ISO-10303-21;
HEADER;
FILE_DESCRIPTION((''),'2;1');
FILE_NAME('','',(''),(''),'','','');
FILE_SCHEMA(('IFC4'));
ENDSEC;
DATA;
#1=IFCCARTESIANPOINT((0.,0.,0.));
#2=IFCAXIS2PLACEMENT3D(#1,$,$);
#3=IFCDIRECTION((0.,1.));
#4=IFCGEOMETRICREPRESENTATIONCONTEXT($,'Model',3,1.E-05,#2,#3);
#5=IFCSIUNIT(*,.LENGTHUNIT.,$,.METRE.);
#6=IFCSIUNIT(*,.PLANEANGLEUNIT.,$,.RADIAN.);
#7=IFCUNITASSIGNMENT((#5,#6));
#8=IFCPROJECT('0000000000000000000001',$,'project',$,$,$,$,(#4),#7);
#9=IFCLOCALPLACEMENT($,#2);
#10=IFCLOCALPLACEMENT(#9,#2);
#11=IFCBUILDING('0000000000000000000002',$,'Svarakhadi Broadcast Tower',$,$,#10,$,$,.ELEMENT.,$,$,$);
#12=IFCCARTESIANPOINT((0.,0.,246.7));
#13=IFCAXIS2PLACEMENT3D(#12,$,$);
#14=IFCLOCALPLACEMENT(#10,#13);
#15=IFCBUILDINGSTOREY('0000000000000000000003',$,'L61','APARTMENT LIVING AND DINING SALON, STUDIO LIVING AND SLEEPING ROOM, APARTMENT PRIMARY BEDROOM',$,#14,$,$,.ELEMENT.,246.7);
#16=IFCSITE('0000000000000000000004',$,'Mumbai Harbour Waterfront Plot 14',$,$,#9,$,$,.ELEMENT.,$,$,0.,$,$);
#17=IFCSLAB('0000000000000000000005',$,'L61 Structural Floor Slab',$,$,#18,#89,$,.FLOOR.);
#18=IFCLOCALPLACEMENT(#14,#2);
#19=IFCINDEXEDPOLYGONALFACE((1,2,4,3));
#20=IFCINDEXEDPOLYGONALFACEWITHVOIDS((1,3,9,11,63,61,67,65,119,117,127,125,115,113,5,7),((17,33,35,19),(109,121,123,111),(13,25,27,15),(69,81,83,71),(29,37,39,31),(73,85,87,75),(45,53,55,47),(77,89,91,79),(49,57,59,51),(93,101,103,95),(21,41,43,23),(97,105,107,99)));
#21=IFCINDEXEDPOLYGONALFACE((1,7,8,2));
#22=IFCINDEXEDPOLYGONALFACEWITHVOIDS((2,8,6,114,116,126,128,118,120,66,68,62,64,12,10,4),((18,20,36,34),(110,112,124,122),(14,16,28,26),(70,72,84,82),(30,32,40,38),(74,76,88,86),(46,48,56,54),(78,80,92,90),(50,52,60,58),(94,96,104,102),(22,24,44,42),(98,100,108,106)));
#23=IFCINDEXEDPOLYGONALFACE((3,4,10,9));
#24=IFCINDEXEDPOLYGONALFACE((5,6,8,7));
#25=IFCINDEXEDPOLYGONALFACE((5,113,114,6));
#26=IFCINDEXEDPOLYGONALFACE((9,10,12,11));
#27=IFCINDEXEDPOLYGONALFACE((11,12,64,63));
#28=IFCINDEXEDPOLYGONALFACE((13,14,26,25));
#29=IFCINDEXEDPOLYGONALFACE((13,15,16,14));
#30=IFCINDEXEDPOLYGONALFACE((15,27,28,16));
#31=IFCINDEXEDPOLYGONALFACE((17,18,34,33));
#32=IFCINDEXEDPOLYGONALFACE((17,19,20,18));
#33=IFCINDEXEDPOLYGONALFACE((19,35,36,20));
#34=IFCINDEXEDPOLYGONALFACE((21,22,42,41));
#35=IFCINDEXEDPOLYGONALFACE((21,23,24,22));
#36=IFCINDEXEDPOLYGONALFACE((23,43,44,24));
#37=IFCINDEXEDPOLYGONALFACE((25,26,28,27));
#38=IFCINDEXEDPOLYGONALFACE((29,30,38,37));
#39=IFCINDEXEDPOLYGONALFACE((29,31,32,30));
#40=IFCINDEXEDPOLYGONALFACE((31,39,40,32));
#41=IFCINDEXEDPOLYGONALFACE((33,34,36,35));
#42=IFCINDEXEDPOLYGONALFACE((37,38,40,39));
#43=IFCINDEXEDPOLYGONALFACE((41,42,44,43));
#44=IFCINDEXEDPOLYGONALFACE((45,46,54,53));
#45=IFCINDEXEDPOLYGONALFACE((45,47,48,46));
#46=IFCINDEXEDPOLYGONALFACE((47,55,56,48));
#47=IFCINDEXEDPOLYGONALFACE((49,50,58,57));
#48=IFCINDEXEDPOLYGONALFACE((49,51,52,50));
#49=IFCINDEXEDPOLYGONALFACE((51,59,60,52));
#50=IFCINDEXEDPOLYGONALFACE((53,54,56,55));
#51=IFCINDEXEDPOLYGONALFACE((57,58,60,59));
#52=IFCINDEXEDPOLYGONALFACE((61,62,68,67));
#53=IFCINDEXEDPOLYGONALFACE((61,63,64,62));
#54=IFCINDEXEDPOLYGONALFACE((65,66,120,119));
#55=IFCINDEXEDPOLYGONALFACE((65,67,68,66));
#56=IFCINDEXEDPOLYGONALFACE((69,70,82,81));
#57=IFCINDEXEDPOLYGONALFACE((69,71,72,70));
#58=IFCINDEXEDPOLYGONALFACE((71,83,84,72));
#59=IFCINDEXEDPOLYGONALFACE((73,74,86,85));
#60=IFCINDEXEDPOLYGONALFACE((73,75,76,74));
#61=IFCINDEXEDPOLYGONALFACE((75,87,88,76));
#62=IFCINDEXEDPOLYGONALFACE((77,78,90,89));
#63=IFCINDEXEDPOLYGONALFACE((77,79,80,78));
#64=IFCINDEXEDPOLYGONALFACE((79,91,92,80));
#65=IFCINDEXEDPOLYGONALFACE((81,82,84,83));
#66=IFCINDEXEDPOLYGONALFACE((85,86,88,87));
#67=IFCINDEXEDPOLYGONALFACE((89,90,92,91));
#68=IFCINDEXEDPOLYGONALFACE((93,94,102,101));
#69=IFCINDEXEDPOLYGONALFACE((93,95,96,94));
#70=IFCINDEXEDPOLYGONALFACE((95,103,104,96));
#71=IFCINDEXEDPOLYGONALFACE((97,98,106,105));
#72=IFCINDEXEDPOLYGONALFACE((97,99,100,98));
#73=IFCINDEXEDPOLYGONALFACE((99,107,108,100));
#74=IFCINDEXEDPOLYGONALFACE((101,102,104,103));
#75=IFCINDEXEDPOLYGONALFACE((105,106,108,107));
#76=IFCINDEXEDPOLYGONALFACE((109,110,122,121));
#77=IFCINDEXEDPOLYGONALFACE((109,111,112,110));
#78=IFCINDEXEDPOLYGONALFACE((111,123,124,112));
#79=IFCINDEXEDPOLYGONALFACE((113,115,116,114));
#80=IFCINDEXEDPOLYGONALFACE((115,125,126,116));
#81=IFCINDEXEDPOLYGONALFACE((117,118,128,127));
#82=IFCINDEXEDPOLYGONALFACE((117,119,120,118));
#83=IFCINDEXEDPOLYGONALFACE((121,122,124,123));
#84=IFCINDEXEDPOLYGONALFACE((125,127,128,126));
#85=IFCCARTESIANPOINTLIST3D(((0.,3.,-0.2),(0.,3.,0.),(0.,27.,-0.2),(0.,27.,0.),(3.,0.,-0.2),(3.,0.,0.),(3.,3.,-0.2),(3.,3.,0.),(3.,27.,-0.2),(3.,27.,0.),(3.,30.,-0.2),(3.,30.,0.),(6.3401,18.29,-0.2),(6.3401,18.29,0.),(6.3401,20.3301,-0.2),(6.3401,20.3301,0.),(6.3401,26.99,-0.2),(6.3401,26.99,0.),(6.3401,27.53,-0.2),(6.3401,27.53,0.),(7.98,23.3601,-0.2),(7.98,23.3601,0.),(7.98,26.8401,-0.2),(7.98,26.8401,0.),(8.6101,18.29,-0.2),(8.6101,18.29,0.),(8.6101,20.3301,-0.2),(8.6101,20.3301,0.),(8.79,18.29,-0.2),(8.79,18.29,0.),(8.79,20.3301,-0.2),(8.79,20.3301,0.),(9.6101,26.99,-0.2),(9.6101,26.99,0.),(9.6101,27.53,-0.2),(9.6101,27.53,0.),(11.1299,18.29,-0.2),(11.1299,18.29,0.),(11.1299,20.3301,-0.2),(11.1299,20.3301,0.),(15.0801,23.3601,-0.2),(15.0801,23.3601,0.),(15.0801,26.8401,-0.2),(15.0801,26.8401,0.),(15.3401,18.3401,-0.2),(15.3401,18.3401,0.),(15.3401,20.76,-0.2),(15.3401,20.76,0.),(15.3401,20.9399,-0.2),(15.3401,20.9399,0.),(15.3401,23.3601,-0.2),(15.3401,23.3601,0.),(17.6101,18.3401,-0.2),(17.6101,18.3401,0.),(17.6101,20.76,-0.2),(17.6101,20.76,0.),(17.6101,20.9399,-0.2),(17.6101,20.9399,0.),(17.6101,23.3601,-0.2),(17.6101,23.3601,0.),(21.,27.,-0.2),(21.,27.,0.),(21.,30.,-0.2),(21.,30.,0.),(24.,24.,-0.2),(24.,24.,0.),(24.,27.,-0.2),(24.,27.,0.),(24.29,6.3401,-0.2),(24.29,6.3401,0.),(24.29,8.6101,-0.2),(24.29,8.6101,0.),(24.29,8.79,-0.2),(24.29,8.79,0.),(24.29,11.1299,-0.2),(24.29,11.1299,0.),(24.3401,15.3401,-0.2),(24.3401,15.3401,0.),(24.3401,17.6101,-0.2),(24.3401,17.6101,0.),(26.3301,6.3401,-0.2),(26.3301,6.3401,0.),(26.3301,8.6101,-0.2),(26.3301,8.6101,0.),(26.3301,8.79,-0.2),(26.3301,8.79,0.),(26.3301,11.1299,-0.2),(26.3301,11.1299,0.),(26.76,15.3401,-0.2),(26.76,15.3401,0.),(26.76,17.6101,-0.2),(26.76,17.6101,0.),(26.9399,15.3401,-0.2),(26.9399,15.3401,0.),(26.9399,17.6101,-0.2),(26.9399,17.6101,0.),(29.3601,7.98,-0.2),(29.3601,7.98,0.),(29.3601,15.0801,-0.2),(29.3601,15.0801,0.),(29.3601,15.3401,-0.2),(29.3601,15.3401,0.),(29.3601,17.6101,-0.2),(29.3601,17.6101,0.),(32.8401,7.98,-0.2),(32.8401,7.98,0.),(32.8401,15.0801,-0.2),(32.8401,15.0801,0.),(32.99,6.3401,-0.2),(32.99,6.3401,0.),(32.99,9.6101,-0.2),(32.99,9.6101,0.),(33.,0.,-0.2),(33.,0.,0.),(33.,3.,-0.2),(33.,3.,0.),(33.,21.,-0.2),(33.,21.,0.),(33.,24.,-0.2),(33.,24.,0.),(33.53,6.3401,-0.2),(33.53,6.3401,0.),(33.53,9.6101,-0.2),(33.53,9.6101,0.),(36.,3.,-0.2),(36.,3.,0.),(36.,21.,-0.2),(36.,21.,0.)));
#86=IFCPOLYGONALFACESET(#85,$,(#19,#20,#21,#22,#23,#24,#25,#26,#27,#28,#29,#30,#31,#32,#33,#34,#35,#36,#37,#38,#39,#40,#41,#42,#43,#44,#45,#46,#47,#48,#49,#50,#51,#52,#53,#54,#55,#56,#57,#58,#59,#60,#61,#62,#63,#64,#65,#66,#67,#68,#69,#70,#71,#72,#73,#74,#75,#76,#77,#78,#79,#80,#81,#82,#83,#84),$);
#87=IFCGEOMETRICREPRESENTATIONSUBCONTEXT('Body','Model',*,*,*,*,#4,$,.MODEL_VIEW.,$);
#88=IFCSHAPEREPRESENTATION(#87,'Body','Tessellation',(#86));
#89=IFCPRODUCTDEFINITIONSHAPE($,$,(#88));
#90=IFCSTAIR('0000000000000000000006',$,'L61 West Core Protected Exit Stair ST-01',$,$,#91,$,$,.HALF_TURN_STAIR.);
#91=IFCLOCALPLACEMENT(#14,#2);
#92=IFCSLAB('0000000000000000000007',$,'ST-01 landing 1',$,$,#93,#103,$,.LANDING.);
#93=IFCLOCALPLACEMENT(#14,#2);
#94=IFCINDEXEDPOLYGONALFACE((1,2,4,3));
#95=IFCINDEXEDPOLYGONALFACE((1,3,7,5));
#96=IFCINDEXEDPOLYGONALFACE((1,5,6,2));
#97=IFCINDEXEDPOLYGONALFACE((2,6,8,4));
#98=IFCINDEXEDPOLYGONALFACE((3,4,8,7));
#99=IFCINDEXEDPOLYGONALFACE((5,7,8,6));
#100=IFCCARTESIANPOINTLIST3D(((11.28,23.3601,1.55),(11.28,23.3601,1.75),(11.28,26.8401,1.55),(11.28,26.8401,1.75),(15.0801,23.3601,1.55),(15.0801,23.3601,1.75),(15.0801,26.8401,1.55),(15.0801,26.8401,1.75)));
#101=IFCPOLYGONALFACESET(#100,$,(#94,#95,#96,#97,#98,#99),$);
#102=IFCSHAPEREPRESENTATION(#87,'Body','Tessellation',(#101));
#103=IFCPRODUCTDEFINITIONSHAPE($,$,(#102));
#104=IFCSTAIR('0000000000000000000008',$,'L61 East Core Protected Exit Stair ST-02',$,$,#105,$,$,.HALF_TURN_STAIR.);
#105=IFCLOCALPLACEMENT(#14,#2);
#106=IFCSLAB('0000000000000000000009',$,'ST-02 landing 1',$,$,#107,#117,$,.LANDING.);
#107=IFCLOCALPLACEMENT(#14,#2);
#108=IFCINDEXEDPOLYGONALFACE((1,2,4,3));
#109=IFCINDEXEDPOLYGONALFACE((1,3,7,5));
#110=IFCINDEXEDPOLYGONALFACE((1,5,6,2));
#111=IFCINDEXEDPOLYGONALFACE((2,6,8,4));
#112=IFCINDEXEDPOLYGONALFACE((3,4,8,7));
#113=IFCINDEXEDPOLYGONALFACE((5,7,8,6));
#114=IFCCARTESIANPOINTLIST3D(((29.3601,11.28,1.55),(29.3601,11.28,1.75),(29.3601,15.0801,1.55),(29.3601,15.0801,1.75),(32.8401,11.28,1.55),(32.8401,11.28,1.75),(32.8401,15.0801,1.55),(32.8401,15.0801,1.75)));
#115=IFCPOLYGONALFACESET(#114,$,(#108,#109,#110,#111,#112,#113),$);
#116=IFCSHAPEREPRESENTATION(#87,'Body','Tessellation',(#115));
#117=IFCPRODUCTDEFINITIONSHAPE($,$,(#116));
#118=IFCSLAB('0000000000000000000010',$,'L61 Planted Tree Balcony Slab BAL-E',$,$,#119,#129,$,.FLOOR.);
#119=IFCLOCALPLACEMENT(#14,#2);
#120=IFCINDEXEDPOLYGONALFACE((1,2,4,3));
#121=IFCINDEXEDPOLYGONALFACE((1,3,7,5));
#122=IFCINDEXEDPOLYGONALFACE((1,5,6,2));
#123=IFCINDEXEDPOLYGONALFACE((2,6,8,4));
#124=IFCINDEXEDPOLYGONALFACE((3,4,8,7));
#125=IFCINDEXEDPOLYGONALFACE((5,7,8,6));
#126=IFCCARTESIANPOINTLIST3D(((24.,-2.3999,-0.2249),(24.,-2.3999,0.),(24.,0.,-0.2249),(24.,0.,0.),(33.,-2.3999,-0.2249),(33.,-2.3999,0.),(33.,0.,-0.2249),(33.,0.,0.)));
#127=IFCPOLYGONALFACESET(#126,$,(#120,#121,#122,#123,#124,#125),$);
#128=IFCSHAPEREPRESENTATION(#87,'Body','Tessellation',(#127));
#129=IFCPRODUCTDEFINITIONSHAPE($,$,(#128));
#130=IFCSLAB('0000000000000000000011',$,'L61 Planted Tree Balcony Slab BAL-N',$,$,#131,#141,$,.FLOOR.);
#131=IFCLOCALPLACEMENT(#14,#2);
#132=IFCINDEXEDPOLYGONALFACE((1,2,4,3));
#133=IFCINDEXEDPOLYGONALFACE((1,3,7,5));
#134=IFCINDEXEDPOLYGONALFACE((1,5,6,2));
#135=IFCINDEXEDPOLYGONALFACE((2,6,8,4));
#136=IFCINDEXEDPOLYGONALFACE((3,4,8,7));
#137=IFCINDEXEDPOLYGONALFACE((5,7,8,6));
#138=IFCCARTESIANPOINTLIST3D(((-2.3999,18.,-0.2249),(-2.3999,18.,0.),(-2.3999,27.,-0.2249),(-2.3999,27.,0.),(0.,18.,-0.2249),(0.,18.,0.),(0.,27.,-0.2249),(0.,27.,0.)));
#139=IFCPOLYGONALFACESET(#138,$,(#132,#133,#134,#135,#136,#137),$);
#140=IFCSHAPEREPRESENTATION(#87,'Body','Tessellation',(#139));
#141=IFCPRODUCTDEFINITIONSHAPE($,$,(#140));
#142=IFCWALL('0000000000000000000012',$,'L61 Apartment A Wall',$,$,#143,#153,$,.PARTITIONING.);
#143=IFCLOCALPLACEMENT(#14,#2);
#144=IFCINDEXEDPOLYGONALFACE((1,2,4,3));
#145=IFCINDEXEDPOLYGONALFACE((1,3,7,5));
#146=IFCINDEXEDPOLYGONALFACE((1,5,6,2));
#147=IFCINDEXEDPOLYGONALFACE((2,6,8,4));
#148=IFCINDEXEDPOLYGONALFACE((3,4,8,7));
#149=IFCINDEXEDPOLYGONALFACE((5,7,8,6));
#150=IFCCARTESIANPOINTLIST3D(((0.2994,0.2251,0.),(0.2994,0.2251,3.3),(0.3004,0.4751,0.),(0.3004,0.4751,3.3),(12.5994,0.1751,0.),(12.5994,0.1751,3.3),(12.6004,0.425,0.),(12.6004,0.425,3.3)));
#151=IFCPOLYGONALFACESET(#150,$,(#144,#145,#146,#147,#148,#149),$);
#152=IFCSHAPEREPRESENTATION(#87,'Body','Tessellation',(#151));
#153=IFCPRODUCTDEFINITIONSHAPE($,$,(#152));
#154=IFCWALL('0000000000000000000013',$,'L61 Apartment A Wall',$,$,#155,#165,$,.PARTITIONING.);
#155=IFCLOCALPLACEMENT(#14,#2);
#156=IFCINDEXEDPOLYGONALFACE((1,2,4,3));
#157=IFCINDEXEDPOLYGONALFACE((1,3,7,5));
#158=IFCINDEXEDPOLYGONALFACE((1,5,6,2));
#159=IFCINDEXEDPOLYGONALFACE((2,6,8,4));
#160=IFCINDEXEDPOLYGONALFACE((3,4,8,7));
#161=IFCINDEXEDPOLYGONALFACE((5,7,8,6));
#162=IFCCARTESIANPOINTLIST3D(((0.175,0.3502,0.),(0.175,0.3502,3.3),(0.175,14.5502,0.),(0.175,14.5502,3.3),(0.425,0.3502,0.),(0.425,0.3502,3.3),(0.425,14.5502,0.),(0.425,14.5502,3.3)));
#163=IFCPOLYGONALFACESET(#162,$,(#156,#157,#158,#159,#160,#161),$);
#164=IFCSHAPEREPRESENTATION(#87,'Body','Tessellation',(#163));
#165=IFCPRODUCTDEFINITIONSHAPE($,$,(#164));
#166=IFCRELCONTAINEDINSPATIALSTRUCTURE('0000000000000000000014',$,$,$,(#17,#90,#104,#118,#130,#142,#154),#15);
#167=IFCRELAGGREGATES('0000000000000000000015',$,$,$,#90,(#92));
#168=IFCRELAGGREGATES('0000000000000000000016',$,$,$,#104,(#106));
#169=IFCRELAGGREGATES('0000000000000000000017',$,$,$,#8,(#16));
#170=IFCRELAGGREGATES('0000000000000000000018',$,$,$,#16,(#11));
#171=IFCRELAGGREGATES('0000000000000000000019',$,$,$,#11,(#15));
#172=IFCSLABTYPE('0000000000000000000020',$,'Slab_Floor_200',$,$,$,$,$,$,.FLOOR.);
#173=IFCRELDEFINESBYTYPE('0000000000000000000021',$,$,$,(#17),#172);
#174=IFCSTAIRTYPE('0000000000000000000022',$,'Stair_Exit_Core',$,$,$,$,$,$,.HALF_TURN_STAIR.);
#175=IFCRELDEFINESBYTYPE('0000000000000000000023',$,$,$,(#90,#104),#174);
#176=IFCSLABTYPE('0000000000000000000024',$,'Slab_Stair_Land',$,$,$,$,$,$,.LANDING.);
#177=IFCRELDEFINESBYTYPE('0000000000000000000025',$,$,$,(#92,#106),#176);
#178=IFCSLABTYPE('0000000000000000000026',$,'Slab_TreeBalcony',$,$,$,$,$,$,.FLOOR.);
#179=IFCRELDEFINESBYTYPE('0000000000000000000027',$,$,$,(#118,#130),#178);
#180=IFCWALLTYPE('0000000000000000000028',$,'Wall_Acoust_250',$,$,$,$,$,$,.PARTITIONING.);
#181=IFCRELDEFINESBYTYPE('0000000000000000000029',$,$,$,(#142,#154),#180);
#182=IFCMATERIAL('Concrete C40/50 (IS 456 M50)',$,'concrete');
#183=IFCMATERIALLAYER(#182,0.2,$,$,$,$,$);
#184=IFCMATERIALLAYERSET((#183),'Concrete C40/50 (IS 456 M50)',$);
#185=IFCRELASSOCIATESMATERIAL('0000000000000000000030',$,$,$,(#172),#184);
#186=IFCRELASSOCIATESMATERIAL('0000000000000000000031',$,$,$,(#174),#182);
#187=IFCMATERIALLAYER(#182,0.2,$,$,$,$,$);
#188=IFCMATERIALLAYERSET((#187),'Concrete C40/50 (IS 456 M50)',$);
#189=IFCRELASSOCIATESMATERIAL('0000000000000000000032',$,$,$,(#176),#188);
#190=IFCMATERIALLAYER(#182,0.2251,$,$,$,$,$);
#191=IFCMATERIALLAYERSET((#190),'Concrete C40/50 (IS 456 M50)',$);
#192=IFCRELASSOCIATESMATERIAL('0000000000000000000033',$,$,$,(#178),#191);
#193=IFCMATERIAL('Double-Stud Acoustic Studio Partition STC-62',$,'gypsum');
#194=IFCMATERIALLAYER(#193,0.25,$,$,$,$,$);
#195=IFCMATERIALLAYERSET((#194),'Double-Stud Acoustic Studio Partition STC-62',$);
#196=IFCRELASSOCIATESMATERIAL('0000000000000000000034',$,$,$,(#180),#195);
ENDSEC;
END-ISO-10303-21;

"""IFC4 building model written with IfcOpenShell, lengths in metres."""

from ifc_helpers import new_model, si_unit, direction, frame, frame_2d, origin, place, context, subcontext, project, spatial, polyline, rectangle, outline, extrude, material, layer, layer_set, type_object, element, aggregate, save


model = new_model("IFC4")

# Units and contexts
model_context = context("Model", 3, precision=1e-05, world=origin(), true_north=direction((0.0, 1.0)))
body_context = subcontext(model_context, "Body", "Model", "MODEL_VIEW")
ifc_project = project(units=[si_unit("LENGTHUNIT", "METRE"), si_unit("PLANEANGLEUNIT", "RADIAN")], contexts=[model_context])

# Site, building, storey
site_placement = place(None, origin())
site = spatial("IfcSite", under=ifc_project, at=site_placement, Name="Mumbai Harbour Waterfront Plot 14", CompositionType="ELEMENT", RefElevation=0.0)
building_placement = place(site_placement, origin())
building = spatial("IfcBuilding", under=site, at=building_placement, Name="Svarakhadi Broadcast Tower", CompositionType="ELEMENT")
storey_placement = place(building_placement, frame((0.0, 0.0, 246.7)))
storey = spatial("IfcBuildingStorey", under=building, at=storey_placement, Name="L61", Description="APARTMENT LIVING AND DINING SALON, STUDIO LIVING AND SLEEPING ROOM, APARTMENT PRIMARY BEDROOM", CompositionType="ELEMENT", Elevation=246.7)

# Slab
ifc_material_1 = material(Name="Concrete C40/50 (IS 456 M50)", Category="concrete")
ifc_layer_1 = layer(ifc_material_1, 0.2)
ifc_layer_set_1 = layer_set([ifc_layer_1], Name="Concrete C40/50 (IS 456 M50)")
slab_type_1 = type_object("IfcSlabType", Name="Slab_Floor_200", PredefinedType="FLOOR", material=ifc_layer_set_1)
slab_1_placement = place(storey_placement, frame((0.0, 0.0, -0.2)))
element("IfcSlab", 1, at=slab_1_placement, inside=storey, type_object=slab_type_1, Name="L61 Structural Floor Slab", PredefinedType="FLOOR", context=body_context, shape_type="SweptSolid", body=[
    extrude(outline(polyline([(3.0, 0.0), (33.0, 0.0), (33.0, 3.0), (36.0, 3.0), (36.0, 21.0), (33.0, 21.0), (33.0, 24.0), (24.0, 24.0), (24.0, 27.0), (21.0, 27.0), (21.0, 30.0), (3.0, 30.0), (3.0, 27.0), (0.0, 27.0), (0.0, 3.0), (3.0, 3.0), (3.0, 0.0)]), holes=[polyline([(7.98, 23.3601), (15.0801, 23.3601), (15.0801, 26.8401), (7.98, 26.8401), (7.98, 23.3601)]), polyline([(32.8401, 7.98), (32.8401, 15.0801), (29.3601, 15.0801), (29.3601, 7.98), (32.8401, 7.98)]), polyline([(6.3401, 18.29), (8.6101, 18.29), (8.6101, 20.3301), (6.3401, 20.3301), (6.3401, 18.29)]), polyline([(8.79, 18.29), (11.1299, 18.29), (11.1299, 20.3301), (8.79, 20.3301), (8.79, 18.29)]), polyline([(24.29, 6.3401), (26.3301, 6.3401), (26.3301, 8.6101), (24.29, 8.6101), (24.29, 6.3401)]), polyline([(24.29, 8.79), (26.3301, 8.79), (26.3301, 11.1299), (24.29, 11.1299), (24.29, 8.79)]), polyline([(6.3401, 26.99), (9.6101, 26.99), (9.6101, 27.53), (6.3401, 27.53), (6.3401, 26.99)]), polyline([(32.99, 6.3401), (33.53, 6.3401), (33.53, 9.6101), (32.99, 9.6101), (32.99, 6.3401)]), polyline([(15.3401, 18.3401), (17.6101, 18.3401), (17.6101, 20.76), (15.3401, 20.76), (15.3401, 18.3401)]), polyline([(15.3401, 20.9399), (17.6101, 20.9399), (17.6101, 23.3601), (15.3401, 23.3601), (15.3401, 20.9399)]), polyline([(24.3401, 15.3401), (26.76, 15.3401), (26.76, 17.6101), (24.3401, 17.6101), (24.3401, 15.3401)]), polyline([(26.9399, 15.3401), (29.3601, 15.3401), (29.3601, 17.6101), (26.9399, 17.6101), (26.9399, 15.3401)])]), origin(), (0.0, 0.0, 1.0), 0.2),
])

# Stairs, slabs
stair_type = type_object("IfcStairType", Name="Stair_Exit_Core", PredefinedType="HALF_TURN_STAIR", material=ifc_material_1)
stair_1_placement = place(storey_placement, origin())
stair_1 = element("IfcStair", 2, at=stair_1_placement, inside=storey, type_object=stair_type, Name="L61 West Core Protected Exit Stair ST-01", PredefinedType="HALF_TURN_STAIR")
ifc_layer_2 = layer(ifc_material_1, 0.2)
ifc_layer_set_2 = layer_set([ifc_layer_2], Name="Concrete C40/50 (IS 456 M50)")
slab_type_2 = type_object("IfcSlabType", Name="Slab_Stair_Land", PredefinedType="LANDING", material=ifc_layer_set_2)
slab_2_placement = place(storey_placement, frame((0.0, 0.0, 1.55)))
slab_2 = element("IfcSlab", 3, at=slab_2_placement, type_object=slab_type_2, Name="ST-01 landing 1", PredefinedType="LANDING", context=body_context, shape_type="SweptSolid", body=[
    extrude(outline(polyline([(11.28, 23.3601), (15.0801, 23.3601), (15.0801, 26.8401), (11.28, 26.8401), (11.28, 23.3601)])), origin(), (0.0, 0.0, 1.0), 0.2),
])
aggregate(stair_1, [slab_2])
stair_2_placement = place(storey_placement, origin())
stair_2 = element("IfcStair", 4, at=stair_2_placement, inside=storey, type_object=stair_type, Name="L61 East Core Protected Exit Stair ST-02", PredefinedType="HALF_TURN_STAIR")
slab_3_placement = place(storey_placement, frame((0.0, 0.0, 1.55)))
slab_3 = element("IfcSlab", 5, at=slab_3_placement, type_object=slab_type_2, Name="ST-02 landing 1", PredefinedType="LANDING", context=body_context, shape_type="SweptSolid", body=[
    extrude(outline(polyline([(32.8401, 11.28), (32.8401, 15.0801), (29.3601, 15.0801), (29.3601, 11.28), (32.8401, 11.28)])), origin(), (0.0, 0.0, 1.0), 0.2),
])
aggregate(stair_2, [slab_3])

# Slabs
ifc_layer_3 = layer(ifc_material_1, 0.2251)
ifc_layer_set_3 = layer_set([ifc_layer_3], Name="Concrete C40/50 (IS 456 M50)")
slab_type_3 = type_object("IfcSlabType", Name="Slab_TreeBalcony", PredefinedType="FLOOR", material=ifc_layer_set_3)
slab_4_placement = place(storey_placement, frame((0.0, 0.0, -0.2249)))
element("IfcSlab", 6, at=slab_4_placement, inside=storey, type_object=slab_type_3, Name="L61 Planted Tree Balcony Slab BAL-E", PredefinedType="FLOOR", context=body_context, shape_type="SweptSolid", body=[
    extrude(outline(polyline([(24.0, -2.3999), (33.0, -2.3999), (33.0, 0.0), (24.0, 0.0), (24.0, -2.3999)])), origin(), (0.0, 0.0, 1.0), 0.2249),
])
slab_5_placement = place(storey_placement, frame((0.0, 0.0, -0.2249)))
element("IfcSlab", 7, at=slab_5_placement, inside=storey, type_object=slab_type_3, Name="L61 Planted Tree Balcony Slab BAL-N", PredefinedType="FLOOR", context=body_context, shape_type="SweptSolid", body=[
    extrude(outline(polyline([(-2.3999, 18.0), (0.0, 18.0), (0.0, 27.0), (-2.3999, 27.0), (-2.3999, 18.0)])), origin(), (0.0, 0.0, 1.0), 0.2249),
])

# Walls
ifc_material_2 = material(Name="Double-Stud Acoustic Studio Partition STC-62", Category="gypsum")
ifc_layer_4 = layer(ifc_material_2, 0.25)
ifc_layer_set_4 = layer_set([ifc_layer_4], Name="Double-Stud Acoustic Studio Partition STC-62")
wall_type = type_object("IfcWallType", Name="Wall_Acoust_250", PredefinedType="PARTITIONING", material=ifc_layer_set_4)
wall_1_placement = place(storey_placement, frame((0.3, 0.3501, 0.0), z_axis=(0.0, 0.0, 1.0), x_axis=(0.999992, -0.004069, 0.0)))
element("IfcWall", 8, at=wall_1_placement, inside=storey, type_object=wall_type, Name="L61 Apartment A Wall", PredefinedType="PARTITIONING", context=body_context, shape_type="SweptSolid", body=[
    extrude(rectangle(XDim=12.3, YDim=0.25, at=frame_2d((6.1499, 0.0))), origin(), (0.0, 0.0, 1.0), 3.3),
])
wall_2_placement = place(storey_placement, frame((0.3, 0.3501, 0.0), z_axis=(0.0, 0.0, 1.0), x_axis=(0.0, 1.0, 0.0)))
element("IfcWall", 9, at=wall_2_placement, inside=storey, type_object=wall_type, Name="L61 Apartment A Wall", PredefinedType="PARTITIONING", context=body_context, shape_type="SweptSolid", body=[
    extrude(rectangle(XDim=14.2, YDim=0.25, at=frame_2d((7.1001, 0.0))), origin(), (0.0, 0.0, 1.0), 3.3),
])

save(model, "model.ifc")
